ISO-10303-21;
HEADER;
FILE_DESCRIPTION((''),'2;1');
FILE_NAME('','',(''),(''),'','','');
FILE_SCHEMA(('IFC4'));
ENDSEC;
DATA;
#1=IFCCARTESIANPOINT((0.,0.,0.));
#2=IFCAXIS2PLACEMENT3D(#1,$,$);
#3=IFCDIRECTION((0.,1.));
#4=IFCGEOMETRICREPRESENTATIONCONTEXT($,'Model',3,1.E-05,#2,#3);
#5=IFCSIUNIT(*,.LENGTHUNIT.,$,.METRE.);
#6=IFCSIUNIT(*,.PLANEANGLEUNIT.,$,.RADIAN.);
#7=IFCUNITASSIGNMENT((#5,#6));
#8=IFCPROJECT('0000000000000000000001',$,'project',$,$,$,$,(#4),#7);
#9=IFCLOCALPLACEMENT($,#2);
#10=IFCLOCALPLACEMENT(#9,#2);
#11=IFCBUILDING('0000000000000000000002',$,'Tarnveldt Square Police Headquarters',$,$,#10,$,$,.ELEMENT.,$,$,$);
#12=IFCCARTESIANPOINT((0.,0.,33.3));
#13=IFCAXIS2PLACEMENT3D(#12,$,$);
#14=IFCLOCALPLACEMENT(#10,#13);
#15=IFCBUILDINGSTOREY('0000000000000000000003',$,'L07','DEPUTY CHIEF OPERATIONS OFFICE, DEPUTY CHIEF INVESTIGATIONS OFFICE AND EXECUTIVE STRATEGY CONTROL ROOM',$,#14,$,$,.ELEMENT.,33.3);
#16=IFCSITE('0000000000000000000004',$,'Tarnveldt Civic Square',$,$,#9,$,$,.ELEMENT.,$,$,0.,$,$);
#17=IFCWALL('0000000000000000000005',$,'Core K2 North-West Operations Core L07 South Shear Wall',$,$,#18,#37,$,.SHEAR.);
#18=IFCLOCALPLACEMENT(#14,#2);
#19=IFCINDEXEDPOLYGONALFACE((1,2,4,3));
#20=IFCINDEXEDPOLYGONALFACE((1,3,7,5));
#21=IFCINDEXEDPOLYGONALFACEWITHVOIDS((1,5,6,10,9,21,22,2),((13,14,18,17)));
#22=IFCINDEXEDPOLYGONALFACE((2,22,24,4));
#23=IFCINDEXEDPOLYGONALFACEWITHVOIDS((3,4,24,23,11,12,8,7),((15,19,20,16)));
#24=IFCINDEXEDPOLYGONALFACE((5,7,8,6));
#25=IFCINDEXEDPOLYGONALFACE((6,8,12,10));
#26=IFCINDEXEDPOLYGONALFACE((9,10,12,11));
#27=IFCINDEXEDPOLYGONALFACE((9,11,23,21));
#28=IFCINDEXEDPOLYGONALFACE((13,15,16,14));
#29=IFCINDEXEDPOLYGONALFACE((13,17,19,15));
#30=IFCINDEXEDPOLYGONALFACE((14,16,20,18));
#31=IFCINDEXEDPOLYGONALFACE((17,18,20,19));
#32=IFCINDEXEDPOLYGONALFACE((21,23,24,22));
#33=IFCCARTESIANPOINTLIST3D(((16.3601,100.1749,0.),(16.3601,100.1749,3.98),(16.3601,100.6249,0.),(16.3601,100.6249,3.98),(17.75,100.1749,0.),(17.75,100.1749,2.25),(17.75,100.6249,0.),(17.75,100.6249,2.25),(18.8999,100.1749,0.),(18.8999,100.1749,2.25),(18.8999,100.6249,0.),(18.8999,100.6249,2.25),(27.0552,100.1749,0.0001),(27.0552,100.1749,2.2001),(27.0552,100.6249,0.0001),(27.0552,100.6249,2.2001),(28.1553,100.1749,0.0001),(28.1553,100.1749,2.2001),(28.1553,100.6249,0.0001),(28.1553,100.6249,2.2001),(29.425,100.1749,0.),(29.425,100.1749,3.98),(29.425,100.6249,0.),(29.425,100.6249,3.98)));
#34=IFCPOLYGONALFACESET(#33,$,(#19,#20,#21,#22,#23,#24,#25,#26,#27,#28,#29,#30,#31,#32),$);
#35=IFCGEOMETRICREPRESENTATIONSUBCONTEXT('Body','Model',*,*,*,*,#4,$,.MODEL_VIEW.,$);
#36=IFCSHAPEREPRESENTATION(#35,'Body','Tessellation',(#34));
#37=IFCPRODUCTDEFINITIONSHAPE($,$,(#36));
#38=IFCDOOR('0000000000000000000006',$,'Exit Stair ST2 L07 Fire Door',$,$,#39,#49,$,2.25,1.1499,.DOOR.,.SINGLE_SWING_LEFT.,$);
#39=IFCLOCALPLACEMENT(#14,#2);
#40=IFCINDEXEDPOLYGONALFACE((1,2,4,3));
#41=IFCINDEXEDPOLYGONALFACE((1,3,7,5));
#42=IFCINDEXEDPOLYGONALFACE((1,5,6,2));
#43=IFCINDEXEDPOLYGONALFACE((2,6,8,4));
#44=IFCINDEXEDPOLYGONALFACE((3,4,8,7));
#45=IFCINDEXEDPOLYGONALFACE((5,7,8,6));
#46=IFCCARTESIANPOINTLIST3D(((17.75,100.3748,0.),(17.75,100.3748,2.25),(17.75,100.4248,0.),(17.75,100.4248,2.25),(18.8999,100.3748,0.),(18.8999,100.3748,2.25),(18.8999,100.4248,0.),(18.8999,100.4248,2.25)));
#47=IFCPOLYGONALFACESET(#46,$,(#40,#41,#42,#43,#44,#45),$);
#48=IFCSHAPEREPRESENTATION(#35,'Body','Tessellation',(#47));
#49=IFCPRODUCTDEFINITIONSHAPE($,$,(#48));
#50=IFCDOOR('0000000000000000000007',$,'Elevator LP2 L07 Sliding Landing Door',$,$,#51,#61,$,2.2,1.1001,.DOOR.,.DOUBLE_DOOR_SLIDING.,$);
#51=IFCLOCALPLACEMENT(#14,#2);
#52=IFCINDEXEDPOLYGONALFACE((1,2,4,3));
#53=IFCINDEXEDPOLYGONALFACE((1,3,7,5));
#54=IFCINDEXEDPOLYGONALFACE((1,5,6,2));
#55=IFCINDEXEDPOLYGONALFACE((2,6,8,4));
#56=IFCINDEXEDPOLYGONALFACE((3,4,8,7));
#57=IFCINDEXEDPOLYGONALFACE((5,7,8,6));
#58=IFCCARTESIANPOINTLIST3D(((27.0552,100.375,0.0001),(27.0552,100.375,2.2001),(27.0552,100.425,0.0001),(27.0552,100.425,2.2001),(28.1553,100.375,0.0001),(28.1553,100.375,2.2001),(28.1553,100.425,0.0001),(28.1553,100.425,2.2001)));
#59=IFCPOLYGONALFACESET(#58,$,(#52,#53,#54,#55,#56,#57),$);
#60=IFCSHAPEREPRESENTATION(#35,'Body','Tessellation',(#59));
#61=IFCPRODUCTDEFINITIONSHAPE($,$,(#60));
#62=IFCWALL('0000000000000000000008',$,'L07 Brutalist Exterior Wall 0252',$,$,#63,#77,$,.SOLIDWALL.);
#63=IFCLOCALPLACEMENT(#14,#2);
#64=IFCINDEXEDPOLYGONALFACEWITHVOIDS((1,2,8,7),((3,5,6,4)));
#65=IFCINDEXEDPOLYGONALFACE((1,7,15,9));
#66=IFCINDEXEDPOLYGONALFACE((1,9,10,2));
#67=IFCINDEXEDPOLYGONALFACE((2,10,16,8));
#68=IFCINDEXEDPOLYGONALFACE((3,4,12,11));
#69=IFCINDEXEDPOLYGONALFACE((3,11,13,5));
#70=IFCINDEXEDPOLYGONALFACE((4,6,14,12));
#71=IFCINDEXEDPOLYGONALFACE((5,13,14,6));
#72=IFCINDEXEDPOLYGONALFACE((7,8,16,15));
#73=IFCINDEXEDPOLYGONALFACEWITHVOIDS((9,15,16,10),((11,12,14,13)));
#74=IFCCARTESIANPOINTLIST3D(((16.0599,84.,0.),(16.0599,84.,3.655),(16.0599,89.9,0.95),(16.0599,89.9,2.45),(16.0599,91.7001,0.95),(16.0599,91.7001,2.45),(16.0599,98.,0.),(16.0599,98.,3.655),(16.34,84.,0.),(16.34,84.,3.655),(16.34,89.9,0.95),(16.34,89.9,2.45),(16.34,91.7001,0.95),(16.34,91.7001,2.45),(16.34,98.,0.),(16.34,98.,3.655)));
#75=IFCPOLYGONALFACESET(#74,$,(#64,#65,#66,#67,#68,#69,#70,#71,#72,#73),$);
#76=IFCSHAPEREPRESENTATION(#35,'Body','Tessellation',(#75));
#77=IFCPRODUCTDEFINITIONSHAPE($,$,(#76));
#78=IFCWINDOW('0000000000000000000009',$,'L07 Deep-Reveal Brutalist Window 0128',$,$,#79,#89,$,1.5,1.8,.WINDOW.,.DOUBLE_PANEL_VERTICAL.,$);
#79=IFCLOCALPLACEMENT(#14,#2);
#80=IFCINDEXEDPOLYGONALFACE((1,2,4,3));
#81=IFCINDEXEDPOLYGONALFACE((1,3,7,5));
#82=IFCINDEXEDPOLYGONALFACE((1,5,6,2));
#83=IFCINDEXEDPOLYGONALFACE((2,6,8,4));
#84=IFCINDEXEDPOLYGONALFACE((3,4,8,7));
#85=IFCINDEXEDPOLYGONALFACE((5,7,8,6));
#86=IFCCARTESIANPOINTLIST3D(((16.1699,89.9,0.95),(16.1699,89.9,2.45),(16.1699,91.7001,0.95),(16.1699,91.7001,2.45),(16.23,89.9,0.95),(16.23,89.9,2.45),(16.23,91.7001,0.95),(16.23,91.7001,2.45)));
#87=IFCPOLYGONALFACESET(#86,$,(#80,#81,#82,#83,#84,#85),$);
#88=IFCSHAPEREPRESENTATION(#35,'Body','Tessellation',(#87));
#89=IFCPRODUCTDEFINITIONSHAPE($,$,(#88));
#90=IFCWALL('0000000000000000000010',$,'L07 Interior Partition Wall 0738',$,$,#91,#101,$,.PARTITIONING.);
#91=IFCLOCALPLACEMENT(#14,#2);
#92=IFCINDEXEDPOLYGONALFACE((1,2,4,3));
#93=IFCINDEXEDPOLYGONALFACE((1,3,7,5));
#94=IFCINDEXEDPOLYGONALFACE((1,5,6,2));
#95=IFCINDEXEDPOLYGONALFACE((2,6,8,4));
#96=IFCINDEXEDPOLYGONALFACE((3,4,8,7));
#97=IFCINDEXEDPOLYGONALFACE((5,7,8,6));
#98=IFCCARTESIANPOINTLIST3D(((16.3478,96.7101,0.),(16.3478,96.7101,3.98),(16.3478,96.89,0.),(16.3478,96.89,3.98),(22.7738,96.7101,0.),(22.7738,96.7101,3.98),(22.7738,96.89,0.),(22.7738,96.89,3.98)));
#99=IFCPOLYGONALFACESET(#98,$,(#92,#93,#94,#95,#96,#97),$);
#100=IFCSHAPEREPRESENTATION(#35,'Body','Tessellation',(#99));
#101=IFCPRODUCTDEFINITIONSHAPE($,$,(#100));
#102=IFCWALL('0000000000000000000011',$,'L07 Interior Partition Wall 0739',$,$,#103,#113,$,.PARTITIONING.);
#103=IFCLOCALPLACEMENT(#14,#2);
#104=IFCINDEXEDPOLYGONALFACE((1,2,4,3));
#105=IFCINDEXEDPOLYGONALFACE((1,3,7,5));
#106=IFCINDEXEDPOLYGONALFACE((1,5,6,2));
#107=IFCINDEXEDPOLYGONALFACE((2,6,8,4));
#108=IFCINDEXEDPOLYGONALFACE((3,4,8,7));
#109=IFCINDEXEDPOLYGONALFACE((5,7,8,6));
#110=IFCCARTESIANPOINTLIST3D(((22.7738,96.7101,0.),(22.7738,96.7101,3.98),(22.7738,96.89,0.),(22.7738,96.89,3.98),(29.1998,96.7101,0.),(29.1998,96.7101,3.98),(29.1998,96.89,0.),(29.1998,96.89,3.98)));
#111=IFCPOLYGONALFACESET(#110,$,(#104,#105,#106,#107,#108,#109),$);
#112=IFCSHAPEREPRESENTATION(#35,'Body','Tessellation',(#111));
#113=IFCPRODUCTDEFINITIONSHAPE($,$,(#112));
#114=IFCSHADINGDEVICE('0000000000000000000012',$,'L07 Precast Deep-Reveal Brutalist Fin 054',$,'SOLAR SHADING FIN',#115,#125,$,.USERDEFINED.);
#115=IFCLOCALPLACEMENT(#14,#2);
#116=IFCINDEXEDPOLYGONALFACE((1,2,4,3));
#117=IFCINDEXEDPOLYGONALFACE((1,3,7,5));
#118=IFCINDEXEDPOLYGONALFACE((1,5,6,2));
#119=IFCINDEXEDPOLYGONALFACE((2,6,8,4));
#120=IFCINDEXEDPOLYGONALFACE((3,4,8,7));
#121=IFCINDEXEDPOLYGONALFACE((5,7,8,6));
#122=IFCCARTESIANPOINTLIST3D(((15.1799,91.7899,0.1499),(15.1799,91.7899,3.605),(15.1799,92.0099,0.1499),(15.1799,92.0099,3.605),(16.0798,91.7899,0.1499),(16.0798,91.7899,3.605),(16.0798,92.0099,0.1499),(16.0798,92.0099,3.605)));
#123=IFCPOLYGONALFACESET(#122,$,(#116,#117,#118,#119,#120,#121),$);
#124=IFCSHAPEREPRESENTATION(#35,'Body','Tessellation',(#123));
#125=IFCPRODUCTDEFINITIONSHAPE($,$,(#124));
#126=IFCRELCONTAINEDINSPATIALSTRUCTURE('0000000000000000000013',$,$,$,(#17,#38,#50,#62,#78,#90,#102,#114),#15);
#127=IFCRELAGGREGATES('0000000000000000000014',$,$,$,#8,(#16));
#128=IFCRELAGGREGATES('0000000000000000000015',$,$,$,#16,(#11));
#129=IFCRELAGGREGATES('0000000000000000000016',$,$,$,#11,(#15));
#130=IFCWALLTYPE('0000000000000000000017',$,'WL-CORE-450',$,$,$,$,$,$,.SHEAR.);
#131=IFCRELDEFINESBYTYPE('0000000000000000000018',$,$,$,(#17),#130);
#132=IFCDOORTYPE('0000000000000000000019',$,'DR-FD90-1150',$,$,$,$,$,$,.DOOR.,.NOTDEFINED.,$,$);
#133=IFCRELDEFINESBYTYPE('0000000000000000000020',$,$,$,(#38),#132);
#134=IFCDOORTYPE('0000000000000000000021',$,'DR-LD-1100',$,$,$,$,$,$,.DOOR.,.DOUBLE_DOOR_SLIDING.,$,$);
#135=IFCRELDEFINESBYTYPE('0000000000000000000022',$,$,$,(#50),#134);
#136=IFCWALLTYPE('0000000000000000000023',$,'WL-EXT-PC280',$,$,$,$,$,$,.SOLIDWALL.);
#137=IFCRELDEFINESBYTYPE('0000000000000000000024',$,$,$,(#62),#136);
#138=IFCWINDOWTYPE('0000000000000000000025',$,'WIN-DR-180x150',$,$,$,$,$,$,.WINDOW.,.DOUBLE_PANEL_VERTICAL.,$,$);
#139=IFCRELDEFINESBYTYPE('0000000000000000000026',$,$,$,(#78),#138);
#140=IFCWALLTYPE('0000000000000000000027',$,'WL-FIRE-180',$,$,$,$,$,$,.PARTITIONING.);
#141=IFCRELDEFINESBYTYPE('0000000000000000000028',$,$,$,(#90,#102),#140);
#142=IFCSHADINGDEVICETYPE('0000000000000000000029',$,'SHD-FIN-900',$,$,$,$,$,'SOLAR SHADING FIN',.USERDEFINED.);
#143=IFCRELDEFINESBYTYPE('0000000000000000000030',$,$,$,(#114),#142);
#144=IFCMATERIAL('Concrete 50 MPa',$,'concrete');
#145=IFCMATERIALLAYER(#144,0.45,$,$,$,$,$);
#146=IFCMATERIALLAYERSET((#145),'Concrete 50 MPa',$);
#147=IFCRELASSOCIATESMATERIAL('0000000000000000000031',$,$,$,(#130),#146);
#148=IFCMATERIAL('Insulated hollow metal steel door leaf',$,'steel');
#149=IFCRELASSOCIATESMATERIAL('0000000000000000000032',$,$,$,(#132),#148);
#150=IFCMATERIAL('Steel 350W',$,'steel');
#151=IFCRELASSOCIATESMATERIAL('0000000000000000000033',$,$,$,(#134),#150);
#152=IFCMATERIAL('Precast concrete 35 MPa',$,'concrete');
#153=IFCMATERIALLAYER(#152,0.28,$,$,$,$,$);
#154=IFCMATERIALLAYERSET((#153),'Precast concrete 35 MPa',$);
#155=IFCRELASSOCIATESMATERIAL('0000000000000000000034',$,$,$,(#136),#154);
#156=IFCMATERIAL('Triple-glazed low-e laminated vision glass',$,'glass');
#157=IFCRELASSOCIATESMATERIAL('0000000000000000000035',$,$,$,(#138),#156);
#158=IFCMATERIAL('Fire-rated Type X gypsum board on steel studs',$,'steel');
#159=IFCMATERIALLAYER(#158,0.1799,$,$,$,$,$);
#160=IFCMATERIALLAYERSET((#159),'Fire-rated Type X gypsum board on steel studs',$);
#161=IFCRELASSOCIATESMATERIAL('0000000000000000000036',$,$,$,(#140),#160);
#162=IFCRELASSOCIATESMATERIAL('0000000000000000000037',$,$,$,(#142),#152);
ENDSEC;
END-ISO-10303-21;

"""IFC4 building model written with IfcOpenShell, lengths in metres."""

from ifc_helpers import new_model, si_unit, direction, frame, frame_2d, origin, origin_2d, place, context, subcontext, project, spatial, rectangle, extrude, material, layer, layer_set, material_profile, profile_set, type_object, element, fill, save


model = new_model("IFC4")

# Units and contexts
model_context = context("Model", 3, precision=1e-05, world=origin(), true_north=direction((0.0, 1.0)))
body_context = subcontext(model_context, "Body", "Model", "MODEL_VIEW")
ifc_project = project(units=[si_unit("LENGTHUNIT", "METRE"), si_unit("PLANEANGLEUNIT", "RADIAN")], contexts=[model_context])

# Site, building, storey
site_placement = place(None, origin())
site = spatial("IfcSite", under=ifc_project, at=site_placement, Name="Tarnveldt Civic Square", CompositionType="ELEMENT", RefElevation=0.0)
building_placement = place(site_placement, origin())
building = spatial("IfcBuilding", under=site, at=building_placement, Name="Tarnveldt Square Police Headquarters", CompositionType="ELEMENT")
storey_placement = place(building_placement, frame((0.0, 0.0, 33.3)))
storey = spatial("IfcBuildingStorey", under=building, at=storey_placement, Name="L07", Description="DEPUTY CHIEF OPERATIONS OFFICE, DEPUTY CHIEF INVESTIGATIONS OFFICE AND EXECUTIVE STRATEGY CONTROL ROOM", CompositionType="ELEMENT", Elevation=33.3)

# Shared definitions
ifc_material_1 = material(Name="Steel 350W", Category="steel")

# Shared definitions
ifc_material_2 = material(Name="Precast concrete 35 MPa", Category="concrete")

# Shared definitions
ifc_material_3 = material(Name="Fire-rated Type X gypsum board on steel studs", Category="steel")

# Wall, openings, doors
ifc_material_4 = material(Name="Concrete 50 MPa", Category="concrete")
ifc_layer_1 = layer(ifc_material_4, 0.45)
ifc_layer_set_1 = layer_set([ifc_layer_1], Name="Concrete 50 MPa")
wall_type_1 = type_object("IfcWallType", Name="WL-CORE-450", PredefinedType="SHEAR", material=ifc_layer_set_1)
wall_1_placement = place(storey_placement, frame((16.3601, 100.3999, 0.0), z_axis=(0.0, 0.0, 1.0), x_axis=(1.0, 0.0, 0.0)))
wall_1 = element("IfcWall", 1, at=wall_1_placement, inside=storey, type_object=wall_type_1, Name="Core K2 North-West Operations Core L07 South Shear Wall", PredefinedType="SHEAR", context=body_context, shape_type="SweptSolid", body=[
    extrude(rectangle(XDim=13.0649, YDim=0.45, at=frame_2d((6.5325, 0.0))), origin(), (0.0, 0.0, 1.0), 3.98),
])
opening_1_placement = place(wall_1_placement, frame((1.3899, 0.0, 0.0)))
opening_1 = element("IfcOpeningElement", 2, at=opening_1_placement, cuts=wall_1, PredefinedType="OPENING", context=body_context, shape_type="SweptSolid", body=[
    extrude(rectangle(XDim=1.1499, YDim=2.25, at=frame_2d((0.575, 1.125))), frame((0.0, 0.2349, 0.0), z_axis=(0.0, -1.0, 0.0), x_axis=(1.0, 0.0, 0.0)), (0.0, 0.0, 1.0), 0.47),
])
opening_2_placement = place(wall_1_placement, frame((10.6951, 0.0, 0.0)))
opening_2 = element("IfcOpeningElement", 3, at=opening_2_placement, cuts=wall_1, PredefinedType="OPENING", context=body_context, shape_type="SweptSolid", body=[
    extrude(rectangle(XDim=1.1001, YDim=2.2, at=frame_2d((0.55, 1.1001))), frame((0.0, 0.2349, 0.0), z_axis=(0.0, -1.0, 0.0), x_axis=(1.0, 0.0, 0.0)), (0.0, 0.0, 1.0), 0.47),
])
ifc_material_5 = material(Name="Insulated hollow metal steel door leaf", Category="steel")
door_type_1 = type_object("IfcDoorType", Name="DR-FD90-1150", OperationType="NOTDEFINED", PredefinedType="DOOR", material=ifc_material_5)
door_1_placement = place(opening_1_placement, origin())
door_1 = element("IfcDoor", 4, at=door_1_placement, inside=storey, type_object=door_type_1, Name="Exit Stair ST2 L07 Fire Door", OperationType="SINGLE_SWING_LEFT", OverallHeight=2.25, OverallWidth=1.1499, PredefinedType="DOOR", context=body_context, shape_type="SweptSolid", body=[
    extrude(rectangle(XDim=1.1499, YDim=2.25, at=frame_2d((0.575, 1.125))), frame((0.0, 0.0249, 0.0), z_axis=(0.0, -1.0, 0.0), x_axis=(1.0, 0.0, 0.0)), (0.0, 0.0, 1.0), 0.05),
])
fill(opening_1, door_1)
door_type_2 = type_object("IfcDoorType", Name="DR-LD-1100", OperationType="DOUBLE_DOOR_SLIDING", PredefinedType="DOOR", material=ifc_material_1)
door_2_placement = place(opening_2_placement, frame((1.1001, 0.0, 0.0), z_axis=(0.0, 0.0, 1.0), x_axis=(-1.0, 0.0, 0.0)))
door_2 = element("IfcDoor", 5, at=door_2_placement, inside=storey, type_object=door_type_2, Name="Elevator LP2 L07 Sliding Landing Door", OperationType="DOUBLE_DOOR_SLIDING", OverallHeight=2.2, OverallWidth=1.1001, PredefinedType="DOOR", context=body_context, shape_type="SweptSolid", body=[
    extrude(rectangle(XDim=1.1001, YDim=2.2, at=frame_2d((0.55, 1.1001))), frame((0.0, 0.0249, 0.0), z_axis=(0.0, -1.0, 0.0), x_axis=(1.0, 0.0, 0.0)), (0.0, 0.0, 1.0), 0.05),
])
fill(opening_2, door_2)

# Wall, opening, window
ifc_layer_2 = layer(ifc_material_2, 0.28)
ifc_layer_set_2 = layer_set([ifc_layer_2], Name="Precast concrete 35 MPa")
wall_type_2 = type_object("IfcWallType", Name="WL-EXT-PC280", PredefinedType="SOLIDWALL", material=ifc_layer_set_2)
wall_2_placement = place(storey_placement, frame((16.2, 98.0, 0.0), z_axis=(0.0, 0.0, 1.0), x_axis=(0.0, -1.0, 0.0)))
wall_2 = element("IfcWall", 6, at=wall_2_placement, inside=storey, type_object=wall_type_2, Name="L07 Brutalist Exterior Wall 0252", PredefinedType="SOLIDWALL", context=body_context, shape_type="SweptSolid", body=[
    extrude(rectangle(XDim=14.0, YDim=0.28, at=frame_2d((7.0, 0.0))), origin(), (0.0, 0.0, 1.0), 3.655),
])
opening_3_placement = place(wall_2_placement, frame((6.3, 0.0, 0.95)))
opening_3 = element("IfcOpeningElement", 7, at=opening_3_placement, cuts=wall_2, PredefinedType="OPENING", context=body_context, shape_type="SweptSolid", body=[
    extrude(rectangle(XDim=1.8, YDim=1.5, at=frame_2d((0.8999, 0.75))), frame((0.0, 0.1499, 0.0), z_axis=(0.0, -1.0, 0.0), x_axis=(1.0, 0.0, 0.0)), (0.0, 0.0, 1.0), 0.3),
])
ifc_material_6 = material(Name="Triple-glazed low-e laminated vision glass", Category="glass")
window_type = type_object("IfcWindowType", Name="WIN-DR-180x150", PartitioningType="DOUBLE_PANEL_VERTICAL", PredefinedType="WINDOW", material=ifc_material_6)
window_placement = place(opening_3_placement, origin())
window = element("IfcWindow", 8, at=window_placement, inside=storey, type_object=window_type, Name="L07 Deep-Reveal Brutalist Window 0128", OverallHeight=1.5, OverallWidth=1.8, PartitioningType="DOUBLE_PANEL_VERTICAL", PredefinedType="WINDOW", context=body_context, shape_type="SweptSolid", body=[
    extrude(rectangle(XDim=1.8, YDim=1.5, at=frame_2d((0.8999, 0.75))), frame((0.0, 0.03, 0.0), z_axis=(0.0, -1.0, 0.0), x_axis=(1.0, 0.0, 0.0)), (0.0, 0.0, 1.0), 0.0601),
])
fill(opening_3, window)

# Walls
ifc_layer_3 = layer(ifc_material_3, 0.1799)
ifc_layer_set_3 = layer_set([ifc_layer_3], Name="Fire-rated Type X gypsum board on steel studs")
wall_type_3 = type_object("IfcWallType", Name="WL-FIRE-180", PredefinedType="PARTITIONING", material=ifc_layer_set_3)
for number, where, z_axis, x_axis, name in (
    (9, (16.3479, 96.8, 0.0), (0.0, 0.0, 1.0), (1.0, 0.0, 0.0), "L07 Interior Partition Wall 0738"),
    (10, (22.7739, 96.8, 0.0), (0.0, 0.0, 1.0), (1.0, 0.0, 0.0), "L07 Interior Partition Wall 0739"),
):
    element("IfcWall", number, at=place(storey_placement, frame(where, z_axis=z_axis, x_axis=x_axis)), inside=storey, type_object=wall_type_3, Name=name, PredefinedType="PARTITIONING", context=body_context, shape_type="SweptSolid", body=[
        extrude(rectangle(XDim=6.426, YDim=0.1799, at=frame_2d((3.2129, 0.0))), origin(), (0.0, 0.0, 1.0), 3.98),
    ])

# Shading device
ifc_material_profile_1 = material_profile(ifc_material_2, rectangle(XDim=0.22, YDim=0.8999, at=origin_2d()), Name="PC-FIN220x900")
ifc_profile_set_1 = profile_set([ifc_material_profile_1], Name="Precast concrete 35 MPa")
shading_device_type = type_object("IfcShadingDeviceType", Name="SHD-FIN-900", ElementType="SOLAR SHADING FIN", PredefinedType="USERDEFINED", material=ifc_profile_set_1)
shading_device_placement = place(storey_placement, frame((15.6299, 91.8999, 0.1499), z_axis=(0.0, 0.0, 1.0), x_axis=(0.0, -1.0, 0.0)))
element("IfcShadingDevice", 11, at=shading_device_placement, inside=storey, type_object=shading_device_type, Name="L07 Precast Deep-Reveal Brutalist Fin 054", ObjectType="SOLAR SHADING FIN", PredefinedType="USERDEFINED", context=body_context, shape_type="SweptSolid", body=[
    extrude(rectangle(XDim=0.22, YDim=0.8999, at=origin_2d()), origin(), (0.0, 0.0, 1.0), 3.4551),
])

save(model, "model.ifc")
